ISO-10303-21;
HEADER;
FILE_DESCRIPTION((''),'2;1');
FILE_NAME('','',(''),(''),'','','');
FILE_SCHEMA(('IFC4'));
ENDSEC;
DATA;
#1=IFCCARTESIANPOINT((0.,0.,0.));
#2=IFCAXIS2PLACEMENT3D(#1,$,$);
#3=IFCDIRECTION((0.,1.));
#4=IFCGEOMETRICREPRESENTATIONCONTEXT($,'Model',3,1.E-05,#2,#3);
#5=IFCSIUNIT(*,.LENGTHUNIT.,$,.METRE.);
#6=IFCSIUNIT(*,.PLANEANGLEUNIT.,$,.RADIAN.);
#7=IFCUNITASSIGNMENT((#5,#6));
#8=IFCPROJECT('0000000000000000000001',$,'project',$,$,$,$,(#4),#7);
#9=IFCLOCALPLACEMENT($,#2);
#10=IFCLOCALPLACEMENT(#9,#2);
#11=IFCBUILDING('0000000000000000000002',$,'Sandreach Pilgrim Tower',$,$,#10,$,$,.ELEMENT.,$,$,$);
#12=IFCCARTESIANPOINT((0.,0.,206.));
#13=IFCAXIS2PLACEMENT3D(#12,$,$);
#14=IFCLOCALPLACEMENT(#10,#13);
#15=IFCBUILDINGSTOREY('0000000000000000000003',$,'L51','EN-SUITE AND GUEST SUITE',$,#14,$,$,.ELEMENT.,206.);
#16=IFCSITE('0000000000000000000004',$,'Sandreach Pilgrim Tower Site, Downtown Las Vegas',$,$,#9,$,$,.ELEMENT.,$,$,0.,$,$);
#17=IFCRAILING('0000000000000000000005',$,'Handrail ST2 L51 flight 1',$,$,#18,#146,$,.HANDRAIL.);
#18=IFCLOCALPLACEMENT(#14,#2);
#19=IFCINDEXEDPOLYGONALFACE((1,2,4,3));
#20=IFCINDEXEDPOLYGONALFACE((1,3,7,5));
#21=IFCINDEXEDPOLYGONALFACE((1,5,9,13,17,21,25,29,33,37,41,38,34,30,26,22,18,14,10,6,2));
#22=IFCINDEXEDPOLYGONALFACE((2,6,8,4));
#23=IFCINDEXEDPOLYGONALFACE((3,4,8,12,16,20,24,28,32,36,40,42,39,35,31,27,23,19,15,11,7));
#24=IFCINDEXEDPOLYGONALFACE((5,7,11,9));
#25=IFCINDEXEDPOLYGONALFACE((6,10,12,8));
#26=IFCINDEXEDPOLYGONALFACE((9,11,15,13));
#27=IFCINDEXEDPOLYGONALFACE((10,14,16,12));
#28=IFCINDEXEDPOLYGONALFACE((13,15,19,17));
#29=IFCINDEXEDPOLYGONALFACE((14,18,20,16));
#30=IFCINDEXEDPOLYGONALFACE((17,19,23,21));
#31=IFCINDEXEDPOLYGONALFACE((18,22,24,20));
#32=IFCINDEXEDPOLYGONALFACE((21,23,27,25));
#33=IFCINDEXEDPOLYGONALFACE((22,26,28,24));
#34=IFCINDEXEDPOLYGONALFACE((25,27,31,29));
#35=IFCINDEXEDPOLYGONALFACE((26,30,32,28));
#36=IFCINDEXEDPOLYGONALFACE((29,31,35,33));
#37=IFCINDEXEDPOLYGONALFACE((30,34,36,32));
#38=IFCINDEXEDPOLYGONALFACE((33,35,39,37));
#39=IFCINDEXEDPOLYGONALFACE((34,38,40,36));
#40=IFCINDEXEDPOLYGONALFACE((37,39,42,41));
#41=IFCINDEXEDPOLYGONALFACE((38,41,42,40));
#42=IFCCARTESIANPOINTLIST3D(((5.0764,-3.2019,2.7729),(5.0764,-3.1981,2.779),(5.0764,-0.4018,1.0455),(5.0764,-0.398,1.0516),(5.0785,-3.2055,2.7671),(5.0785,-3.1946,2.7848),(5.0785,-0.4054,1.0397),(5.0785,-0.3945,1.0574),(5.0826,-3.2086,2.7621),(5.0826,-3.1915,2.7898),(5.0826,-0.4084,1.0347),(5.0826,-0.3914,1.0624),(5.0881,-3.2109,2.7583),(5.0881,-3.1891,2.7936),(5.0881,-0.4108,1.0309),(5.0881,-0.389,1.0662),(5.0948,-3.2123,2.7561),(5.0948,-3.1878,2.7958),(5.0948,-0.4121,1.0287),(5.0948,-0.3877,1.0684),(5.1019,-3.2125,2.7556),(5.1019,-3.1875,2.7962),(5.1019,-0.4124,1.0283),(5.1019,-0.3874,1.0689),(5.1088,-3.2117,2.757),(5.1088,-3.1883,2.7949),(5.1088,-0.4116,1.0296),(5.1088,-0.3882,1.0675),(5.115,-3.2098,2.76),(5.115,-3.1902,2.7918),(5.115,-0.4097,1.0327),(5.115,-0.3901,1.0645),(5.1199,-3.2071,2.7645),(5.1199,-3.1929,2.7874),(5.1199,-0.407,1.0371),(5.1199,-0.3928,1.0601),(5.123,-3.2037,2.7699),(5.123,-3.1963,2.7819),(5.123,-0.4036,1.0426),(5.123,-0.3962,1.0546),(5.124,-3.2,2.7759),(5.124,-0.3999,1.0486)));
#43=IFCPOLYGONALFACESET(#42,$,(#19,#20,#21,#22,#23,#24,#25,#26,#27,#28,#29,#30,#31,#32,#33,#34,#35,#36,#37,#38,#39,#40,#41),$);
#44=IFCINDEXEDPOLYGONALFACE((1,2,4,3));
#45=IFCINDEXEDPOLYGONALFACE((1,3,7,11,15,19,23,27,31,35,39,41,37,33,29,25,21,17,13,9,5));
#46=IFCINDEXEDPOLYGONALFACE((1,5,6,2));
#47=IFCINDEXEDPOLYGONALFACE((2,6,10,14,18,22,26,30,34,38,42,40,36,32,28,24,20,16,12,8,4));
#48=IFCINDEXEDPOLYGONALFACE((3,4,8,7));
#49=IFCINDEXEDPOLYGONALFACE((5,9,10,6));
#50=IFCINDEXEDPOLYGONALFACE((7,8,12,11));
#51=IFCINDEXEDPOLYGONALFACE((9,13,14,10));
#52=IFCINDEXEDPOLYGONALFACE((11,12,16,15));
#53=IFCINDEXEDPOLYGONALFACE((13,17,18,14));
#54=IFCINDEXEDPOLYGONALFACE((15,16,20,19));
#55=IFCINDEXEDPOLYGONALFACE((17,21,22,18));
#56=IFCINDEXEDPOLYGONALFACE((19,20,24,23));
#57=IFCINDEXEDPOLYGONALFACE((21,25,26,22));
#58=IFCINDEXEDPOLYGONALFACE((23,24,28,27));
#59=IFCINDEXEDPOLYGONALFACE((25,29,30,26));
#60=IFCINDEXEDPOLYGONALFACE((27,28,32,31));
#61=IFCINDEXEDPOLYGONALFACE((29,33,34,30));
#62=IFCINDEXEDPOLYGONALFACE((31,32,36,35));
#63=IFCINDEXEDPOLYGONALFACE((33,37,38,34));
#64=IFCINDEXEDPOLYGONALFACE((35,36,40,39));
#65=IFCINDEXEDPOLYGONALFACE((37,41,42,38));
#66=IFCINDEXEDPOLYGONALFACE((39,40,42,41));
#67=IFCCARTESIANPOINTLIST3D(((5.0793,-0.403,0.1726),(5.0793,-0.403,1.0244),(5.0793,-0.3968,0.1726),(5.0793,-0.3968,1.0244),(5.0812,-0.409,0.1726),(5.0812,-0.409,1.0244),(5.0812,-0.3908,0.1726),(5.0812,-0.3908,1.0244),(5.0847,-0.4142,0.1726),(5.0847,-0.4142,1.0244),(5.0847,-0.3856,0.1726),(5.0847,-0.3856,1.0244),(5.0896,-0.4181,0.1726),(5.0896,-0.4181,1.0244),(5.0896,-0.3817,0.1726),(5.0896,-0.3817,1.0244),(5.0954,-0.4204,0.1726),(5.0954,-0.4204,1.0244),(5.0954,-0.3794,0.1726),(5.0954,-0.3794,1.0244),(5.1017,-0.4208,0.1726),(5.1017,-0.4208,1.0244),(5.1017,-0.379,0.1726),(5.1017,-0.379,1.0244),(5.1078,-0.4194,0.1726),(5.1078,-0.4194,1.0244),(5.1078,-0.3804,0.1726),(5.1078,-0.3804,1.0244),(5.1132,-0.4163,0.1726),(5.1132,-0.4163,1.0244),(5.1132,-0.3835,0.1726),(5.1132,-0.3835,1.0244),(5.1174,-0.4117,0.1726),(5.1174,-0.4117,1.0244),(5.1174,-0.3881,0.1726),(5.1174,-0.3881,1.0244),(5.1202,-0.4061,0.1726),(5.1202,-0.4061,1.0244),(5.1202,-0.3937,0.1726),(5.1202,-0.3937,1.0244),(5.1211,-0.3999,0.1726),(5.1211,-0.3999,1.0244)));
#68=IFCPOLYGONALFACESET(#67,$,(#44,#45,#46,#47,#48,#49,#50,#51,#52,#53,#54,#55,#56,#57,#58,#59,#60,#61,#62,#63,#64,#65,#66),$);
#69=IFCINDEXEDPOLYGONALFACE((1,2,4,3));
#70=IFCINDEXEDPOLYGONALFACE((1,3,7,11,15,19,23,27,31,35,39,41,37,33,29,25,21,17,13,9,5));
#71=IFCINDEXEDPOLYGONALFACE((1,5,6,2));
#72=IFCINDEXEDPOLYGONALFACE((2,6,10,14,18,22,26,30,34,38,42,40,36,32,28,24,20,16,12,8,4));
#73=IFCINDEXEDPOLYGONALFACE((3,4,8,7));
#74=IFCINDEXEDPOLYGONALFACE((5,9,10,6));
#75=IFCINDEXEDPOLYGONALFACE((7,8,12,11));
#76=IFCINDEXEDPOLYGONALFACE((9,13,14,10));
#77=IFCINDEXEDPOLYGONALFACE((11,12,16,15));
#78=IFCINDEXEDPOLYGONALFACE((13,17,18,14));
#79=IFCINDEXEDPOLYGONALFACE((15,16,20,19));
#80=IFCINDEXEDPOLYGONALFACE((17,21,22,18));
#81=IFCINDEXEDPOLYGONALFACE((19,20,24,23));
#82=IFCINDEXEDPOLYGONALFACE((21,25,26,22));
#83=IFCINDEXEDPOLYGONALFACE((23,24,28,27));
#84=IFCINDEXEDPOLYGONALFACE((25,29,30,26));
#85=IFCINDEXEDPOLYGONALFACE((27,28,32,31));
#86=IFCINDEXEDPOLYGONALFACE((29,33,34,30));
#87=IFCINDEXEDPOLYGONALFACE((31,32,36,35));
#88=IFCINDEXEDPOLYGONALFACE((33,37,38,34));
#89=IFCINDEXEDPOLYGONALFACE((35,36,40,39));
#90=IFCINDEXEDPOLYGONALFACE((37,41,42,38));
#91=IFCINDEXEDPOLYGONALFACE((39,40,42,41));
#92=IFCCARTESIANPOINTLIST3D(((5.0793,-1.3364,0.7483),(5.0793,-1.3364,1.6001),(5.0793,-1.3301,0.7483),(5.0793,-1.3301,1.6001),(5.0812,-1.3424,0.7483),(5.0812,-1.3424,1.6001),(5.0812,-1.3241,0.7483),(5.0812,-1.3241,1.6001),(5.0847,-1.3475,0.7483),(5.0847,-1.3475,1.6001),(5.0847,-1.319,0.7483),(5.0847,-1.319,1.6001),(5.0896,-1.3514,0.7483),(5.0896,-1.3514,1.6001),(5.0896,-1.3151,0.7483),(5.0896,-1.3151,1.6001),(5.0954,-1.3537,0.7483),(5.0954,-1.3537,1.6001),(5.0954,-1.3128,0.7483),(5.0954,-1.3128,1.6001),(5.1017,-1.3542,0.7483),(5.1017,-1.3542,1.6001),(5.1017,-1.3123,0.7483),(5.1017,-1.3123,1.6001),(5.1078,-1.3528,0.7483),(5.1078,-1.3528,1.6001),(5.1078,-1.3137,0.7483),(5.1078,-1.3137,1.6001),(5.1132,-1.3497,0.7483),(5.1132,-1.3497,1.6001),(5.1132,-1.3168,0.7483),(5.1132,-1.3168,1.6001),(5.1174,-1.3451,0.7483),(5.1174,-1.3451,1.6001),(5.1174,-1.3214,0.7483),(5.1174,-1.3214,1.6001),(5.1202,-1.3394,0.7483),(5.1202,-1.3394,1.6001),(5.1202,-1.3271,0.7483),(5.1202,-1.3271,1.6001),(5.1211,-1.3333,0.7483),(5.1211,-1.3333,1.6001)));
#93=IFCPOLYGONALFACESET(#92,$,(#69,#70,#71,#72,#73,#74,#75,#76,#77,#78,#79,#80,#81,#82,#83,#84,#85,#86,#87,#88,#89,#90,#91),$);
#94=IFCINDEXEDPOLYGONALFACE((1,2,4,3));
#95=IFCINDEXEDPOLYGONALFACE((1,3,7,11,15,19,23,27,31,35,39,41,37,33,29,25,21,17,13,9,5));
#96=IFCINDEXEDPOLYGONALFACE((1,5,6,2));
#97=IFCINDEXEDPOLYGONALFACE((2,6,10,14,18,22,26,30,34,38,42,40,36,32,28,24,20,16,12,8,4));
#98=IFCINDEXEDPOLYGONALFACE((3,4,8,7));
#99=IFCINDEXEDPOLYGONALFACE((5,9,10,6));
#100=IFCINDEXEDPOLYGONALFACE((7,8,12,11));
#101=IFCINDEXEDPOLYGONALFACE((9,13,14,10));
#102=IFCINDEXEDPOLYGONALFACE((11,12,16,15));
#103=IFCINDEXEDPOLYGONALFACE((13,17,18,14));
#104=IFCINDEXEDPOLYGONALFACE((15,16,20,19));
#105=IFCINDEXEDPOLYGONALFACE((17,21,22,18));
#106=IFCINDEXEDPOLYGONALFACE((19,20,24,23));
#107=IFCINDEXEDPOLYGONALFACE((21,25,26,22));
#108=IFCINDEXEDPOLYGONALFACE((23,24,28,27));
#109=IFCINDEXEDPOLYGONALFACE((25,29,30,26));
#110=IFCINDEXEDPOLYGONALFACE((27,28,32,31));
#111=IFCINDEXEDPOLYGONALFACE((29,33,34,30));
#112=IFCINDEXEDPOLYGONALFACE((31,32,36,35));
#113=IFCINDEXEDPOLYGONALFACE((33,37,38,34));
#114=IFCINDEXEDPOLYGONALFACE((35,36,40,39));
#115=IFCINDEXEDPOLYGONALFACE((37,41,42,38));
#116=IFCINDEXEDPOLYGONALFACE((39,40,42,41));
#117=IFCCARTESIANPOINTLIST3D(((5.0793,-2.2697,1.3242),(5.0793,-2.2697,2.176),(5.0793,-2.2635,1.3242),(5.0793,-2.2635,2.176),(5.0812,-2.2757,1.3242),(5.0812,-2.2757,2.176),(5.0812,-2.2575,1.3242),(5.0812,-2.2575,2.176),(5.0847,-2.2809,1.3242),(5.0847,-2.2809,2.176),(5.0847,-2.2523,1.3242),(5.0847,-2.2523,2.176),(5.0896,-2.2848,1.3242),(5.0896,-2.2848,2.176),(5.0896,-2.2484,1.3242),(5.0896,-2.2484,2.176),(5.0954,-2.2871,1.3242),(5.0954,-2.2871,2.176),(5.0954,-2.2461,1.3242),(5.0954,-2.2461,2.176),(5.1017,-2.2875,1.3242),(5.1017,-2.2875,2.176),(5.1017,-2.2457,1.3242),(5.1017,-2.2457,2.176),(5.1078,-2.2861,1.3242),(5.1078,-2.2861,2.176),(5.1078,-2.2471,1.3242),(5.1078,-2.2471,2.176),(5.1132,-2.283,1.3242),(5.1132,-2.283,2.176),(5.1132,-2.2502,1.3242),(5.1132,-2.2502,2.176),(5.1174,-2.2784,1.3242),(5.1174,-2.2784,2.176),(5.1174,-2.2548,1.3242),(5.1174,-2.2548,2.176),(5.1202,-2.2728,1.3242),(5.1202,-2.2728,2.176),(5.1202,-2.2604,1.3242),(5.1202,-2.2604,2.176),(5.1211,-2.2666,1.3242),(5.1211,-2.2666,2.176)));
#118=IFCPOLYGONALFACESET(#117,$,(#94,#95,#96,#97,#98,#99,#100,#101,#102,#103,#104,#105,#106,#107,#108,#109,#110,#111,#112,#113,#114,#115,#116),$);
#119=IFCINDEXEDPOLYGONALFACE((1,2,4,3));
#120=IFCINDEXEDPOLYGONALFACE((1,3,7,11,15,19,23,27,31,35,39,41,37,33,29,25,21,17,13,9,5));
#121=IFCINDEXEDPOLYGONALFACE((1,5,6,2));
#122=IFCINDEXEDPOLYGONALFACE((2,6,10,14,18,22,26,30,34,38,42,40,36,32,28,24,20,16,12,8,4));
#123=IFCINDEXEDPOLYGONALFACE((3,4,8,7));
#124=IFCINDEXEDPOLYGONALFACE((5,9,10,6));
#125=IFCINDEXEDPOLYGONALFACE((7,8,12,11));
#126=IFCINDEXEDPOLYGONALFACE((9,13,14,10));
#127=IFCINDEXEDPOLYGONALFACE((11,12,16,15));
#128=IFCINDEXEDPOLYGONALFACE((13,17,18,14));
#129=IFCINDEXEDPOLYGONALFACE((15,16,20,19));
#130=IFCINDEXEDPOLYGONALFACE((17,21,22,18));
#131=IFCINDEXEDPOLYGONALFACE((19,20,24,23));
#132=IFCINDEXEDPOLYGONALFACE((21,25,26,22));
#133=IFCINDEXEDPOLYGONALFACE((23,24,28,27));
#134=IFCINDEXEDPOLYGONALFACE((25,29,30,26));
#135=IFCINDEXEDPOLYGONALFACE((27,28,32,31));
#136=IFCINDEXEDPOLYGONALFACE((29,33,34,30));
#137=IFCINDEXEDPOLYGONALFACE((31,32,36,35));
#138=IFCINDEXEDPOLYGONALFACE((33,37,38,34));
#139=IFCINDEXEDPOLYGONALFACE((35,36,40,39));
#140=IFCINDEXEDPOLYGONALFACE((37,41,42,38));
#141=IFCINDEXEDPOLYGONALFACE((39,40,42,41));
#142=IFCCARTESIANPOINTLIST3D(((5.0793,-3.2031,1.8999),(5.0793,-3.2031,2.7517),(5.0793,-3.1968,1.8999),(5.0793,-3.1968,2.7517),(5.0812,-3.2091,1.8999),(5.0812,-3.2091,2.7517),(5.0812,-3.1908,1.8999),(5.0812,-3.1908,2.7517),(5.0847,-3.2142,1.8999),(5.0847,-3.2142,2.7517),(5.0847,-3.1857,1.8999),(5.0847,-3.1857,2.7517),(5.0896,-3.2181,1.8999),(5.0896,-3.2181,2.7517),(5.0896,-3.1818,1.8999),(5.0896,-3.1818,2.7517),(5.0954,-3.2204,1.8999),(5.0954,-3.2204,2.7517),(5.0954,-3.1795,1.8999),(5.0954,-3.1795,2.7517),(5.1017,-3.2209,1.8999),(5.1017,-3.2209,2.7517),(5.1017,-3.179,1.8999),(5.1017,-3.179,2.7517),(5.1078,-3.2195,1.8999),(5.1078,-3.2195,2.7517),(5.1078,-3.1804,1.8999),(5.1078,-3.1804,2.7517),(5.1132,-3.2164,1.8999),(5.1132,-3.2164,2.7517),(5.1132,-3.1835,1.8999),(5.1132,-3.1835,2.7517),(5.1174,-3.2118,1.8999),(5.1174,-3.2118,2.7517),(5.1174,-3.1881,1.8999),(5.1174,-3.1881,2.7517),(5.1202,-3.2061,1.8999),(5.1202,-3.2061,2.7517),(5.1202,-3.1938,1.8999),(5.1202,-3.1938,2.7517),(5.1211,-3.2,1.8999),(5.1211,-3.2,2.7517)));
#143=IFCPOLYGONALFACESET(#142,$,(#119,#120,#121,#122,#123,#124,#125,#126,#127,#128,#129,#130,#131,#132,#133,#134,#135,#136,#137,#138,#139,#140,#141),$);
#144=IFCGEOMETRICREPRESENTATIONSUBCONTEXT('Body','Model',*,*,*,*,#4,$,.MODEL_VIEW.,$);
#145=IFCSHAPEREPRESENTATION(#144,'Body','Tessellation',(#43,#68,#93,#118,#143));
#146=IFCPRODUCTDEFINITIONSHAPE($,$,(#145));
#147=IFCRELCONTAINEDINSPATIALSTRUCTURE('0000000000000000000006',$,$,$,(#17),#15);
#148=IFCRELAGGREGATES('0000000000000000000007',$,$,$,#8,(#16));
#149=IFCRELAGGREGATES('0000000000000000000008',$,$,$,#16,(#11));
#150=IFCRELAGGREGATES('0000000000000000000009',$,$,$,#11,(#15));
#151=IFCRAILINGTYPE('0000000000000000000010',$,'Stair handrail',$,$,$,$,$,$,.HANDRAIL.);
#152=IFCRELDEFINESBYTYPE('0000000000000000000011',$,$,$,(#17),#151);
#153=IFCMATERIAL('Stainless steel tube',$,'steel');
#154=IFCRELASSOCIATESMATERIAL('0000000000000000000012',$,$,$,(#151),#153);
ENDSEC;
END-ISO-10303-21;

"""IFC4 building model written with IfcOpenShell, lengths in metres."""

from ifc_helpers import new_model, si_unit, direction, frame, origin, origin_2d, place, context, subcontext, project, spatial, circle, extrude, material, type_object, element, save


model = new_model("IFC4")

# Units and contexts
model_context = context("Model", 3, precision=1e-05, world=origin(), true_north=direction((0.0, 1.0)))
body_context = subcontext(model_context, "Body", "Model", "MODEL_VIEW")
ifc_project = project(units=[si_unit("LENGTHUNIT", "METRE"), si_unit("PLANEANGLEUNIT", "RADIAN")], contexts=[model_context])

# Site, building, storey
site_placement = place(None, origin())
site = spatial("IfcSite", under=ifc_project, at=site_placement, Name="Sandreach Pilgrim Tower Site, Downtown Las Vegas", CompositionType="ELEMENT", RefElevation=0.0)
building_placement = place(site_placement, origin())
building = spatial("IfcBuilding", under=site, at=building_placement, Name="Sandreach Pilgrim Tower", CompositionType="ELEMENT")
storey_placement = place(building_placement, frame((0.0, 0.0, 206.0)))
storey = spatial("IfcBuildingStorey", under=building, at=storey_placement, Name="L51", Description="EN-SUITE AND GUEST SUITE", CompositionType="ELEMENT", Elevation=206.0)

# Railing
ifc_material_1 = material(Name="Stainless steel tube", Category="steel")
railing_type = type_object("IfcRailingType", Name="Stair handrail", PredefinedType="HANDRAIL", material=ifc_material_1)
for number, where, name in (
    (1, (5.1001, -0.3999, 0.1726), "Handrail ST2 L51 flight 1"),
):
    element("IfcRailing", number, at=place(storey_placement, frame(where)), inside=storey, type_object=railing_type, Name=name, PredefinedType="HANDRAIL", context=body_context, shape_type="SweptSolid", body=[
        extrude(circle(Radius=0.0239, at=origin_2d()), frame((0.0, 0.0, 0.876), z_axis=(0.0, -0.85109, 0.52502), x_axis=(1.0, 0.0, 0.0)), (0.0, 0.0, 1.0), 3.29),
        extrude(circle(Radius=0.021, at=origin_2d()), origin(), (0.0, 0.0, 1.0), 0.8518),
        extrude(circle(Radius=0.021, at=origin_2d()), frame((0.0, -0.9333, 0.5757)), (0.0, 0.0, 1.0), 0.8518),
        extrude(circle(Radius=0.021, at=origin_2d()), frame((0.0, -1.8667, 1.1516)), (0.0, 0.0, 1.0), 0.8518),
        extrude(circle(Radius=0.021, at=origin_2d()), frame((0.0, -2.8, 1.7273)), (0.0, 0.0, 1.0), 0.8518),
    ])

save(model, "model.ifc")
